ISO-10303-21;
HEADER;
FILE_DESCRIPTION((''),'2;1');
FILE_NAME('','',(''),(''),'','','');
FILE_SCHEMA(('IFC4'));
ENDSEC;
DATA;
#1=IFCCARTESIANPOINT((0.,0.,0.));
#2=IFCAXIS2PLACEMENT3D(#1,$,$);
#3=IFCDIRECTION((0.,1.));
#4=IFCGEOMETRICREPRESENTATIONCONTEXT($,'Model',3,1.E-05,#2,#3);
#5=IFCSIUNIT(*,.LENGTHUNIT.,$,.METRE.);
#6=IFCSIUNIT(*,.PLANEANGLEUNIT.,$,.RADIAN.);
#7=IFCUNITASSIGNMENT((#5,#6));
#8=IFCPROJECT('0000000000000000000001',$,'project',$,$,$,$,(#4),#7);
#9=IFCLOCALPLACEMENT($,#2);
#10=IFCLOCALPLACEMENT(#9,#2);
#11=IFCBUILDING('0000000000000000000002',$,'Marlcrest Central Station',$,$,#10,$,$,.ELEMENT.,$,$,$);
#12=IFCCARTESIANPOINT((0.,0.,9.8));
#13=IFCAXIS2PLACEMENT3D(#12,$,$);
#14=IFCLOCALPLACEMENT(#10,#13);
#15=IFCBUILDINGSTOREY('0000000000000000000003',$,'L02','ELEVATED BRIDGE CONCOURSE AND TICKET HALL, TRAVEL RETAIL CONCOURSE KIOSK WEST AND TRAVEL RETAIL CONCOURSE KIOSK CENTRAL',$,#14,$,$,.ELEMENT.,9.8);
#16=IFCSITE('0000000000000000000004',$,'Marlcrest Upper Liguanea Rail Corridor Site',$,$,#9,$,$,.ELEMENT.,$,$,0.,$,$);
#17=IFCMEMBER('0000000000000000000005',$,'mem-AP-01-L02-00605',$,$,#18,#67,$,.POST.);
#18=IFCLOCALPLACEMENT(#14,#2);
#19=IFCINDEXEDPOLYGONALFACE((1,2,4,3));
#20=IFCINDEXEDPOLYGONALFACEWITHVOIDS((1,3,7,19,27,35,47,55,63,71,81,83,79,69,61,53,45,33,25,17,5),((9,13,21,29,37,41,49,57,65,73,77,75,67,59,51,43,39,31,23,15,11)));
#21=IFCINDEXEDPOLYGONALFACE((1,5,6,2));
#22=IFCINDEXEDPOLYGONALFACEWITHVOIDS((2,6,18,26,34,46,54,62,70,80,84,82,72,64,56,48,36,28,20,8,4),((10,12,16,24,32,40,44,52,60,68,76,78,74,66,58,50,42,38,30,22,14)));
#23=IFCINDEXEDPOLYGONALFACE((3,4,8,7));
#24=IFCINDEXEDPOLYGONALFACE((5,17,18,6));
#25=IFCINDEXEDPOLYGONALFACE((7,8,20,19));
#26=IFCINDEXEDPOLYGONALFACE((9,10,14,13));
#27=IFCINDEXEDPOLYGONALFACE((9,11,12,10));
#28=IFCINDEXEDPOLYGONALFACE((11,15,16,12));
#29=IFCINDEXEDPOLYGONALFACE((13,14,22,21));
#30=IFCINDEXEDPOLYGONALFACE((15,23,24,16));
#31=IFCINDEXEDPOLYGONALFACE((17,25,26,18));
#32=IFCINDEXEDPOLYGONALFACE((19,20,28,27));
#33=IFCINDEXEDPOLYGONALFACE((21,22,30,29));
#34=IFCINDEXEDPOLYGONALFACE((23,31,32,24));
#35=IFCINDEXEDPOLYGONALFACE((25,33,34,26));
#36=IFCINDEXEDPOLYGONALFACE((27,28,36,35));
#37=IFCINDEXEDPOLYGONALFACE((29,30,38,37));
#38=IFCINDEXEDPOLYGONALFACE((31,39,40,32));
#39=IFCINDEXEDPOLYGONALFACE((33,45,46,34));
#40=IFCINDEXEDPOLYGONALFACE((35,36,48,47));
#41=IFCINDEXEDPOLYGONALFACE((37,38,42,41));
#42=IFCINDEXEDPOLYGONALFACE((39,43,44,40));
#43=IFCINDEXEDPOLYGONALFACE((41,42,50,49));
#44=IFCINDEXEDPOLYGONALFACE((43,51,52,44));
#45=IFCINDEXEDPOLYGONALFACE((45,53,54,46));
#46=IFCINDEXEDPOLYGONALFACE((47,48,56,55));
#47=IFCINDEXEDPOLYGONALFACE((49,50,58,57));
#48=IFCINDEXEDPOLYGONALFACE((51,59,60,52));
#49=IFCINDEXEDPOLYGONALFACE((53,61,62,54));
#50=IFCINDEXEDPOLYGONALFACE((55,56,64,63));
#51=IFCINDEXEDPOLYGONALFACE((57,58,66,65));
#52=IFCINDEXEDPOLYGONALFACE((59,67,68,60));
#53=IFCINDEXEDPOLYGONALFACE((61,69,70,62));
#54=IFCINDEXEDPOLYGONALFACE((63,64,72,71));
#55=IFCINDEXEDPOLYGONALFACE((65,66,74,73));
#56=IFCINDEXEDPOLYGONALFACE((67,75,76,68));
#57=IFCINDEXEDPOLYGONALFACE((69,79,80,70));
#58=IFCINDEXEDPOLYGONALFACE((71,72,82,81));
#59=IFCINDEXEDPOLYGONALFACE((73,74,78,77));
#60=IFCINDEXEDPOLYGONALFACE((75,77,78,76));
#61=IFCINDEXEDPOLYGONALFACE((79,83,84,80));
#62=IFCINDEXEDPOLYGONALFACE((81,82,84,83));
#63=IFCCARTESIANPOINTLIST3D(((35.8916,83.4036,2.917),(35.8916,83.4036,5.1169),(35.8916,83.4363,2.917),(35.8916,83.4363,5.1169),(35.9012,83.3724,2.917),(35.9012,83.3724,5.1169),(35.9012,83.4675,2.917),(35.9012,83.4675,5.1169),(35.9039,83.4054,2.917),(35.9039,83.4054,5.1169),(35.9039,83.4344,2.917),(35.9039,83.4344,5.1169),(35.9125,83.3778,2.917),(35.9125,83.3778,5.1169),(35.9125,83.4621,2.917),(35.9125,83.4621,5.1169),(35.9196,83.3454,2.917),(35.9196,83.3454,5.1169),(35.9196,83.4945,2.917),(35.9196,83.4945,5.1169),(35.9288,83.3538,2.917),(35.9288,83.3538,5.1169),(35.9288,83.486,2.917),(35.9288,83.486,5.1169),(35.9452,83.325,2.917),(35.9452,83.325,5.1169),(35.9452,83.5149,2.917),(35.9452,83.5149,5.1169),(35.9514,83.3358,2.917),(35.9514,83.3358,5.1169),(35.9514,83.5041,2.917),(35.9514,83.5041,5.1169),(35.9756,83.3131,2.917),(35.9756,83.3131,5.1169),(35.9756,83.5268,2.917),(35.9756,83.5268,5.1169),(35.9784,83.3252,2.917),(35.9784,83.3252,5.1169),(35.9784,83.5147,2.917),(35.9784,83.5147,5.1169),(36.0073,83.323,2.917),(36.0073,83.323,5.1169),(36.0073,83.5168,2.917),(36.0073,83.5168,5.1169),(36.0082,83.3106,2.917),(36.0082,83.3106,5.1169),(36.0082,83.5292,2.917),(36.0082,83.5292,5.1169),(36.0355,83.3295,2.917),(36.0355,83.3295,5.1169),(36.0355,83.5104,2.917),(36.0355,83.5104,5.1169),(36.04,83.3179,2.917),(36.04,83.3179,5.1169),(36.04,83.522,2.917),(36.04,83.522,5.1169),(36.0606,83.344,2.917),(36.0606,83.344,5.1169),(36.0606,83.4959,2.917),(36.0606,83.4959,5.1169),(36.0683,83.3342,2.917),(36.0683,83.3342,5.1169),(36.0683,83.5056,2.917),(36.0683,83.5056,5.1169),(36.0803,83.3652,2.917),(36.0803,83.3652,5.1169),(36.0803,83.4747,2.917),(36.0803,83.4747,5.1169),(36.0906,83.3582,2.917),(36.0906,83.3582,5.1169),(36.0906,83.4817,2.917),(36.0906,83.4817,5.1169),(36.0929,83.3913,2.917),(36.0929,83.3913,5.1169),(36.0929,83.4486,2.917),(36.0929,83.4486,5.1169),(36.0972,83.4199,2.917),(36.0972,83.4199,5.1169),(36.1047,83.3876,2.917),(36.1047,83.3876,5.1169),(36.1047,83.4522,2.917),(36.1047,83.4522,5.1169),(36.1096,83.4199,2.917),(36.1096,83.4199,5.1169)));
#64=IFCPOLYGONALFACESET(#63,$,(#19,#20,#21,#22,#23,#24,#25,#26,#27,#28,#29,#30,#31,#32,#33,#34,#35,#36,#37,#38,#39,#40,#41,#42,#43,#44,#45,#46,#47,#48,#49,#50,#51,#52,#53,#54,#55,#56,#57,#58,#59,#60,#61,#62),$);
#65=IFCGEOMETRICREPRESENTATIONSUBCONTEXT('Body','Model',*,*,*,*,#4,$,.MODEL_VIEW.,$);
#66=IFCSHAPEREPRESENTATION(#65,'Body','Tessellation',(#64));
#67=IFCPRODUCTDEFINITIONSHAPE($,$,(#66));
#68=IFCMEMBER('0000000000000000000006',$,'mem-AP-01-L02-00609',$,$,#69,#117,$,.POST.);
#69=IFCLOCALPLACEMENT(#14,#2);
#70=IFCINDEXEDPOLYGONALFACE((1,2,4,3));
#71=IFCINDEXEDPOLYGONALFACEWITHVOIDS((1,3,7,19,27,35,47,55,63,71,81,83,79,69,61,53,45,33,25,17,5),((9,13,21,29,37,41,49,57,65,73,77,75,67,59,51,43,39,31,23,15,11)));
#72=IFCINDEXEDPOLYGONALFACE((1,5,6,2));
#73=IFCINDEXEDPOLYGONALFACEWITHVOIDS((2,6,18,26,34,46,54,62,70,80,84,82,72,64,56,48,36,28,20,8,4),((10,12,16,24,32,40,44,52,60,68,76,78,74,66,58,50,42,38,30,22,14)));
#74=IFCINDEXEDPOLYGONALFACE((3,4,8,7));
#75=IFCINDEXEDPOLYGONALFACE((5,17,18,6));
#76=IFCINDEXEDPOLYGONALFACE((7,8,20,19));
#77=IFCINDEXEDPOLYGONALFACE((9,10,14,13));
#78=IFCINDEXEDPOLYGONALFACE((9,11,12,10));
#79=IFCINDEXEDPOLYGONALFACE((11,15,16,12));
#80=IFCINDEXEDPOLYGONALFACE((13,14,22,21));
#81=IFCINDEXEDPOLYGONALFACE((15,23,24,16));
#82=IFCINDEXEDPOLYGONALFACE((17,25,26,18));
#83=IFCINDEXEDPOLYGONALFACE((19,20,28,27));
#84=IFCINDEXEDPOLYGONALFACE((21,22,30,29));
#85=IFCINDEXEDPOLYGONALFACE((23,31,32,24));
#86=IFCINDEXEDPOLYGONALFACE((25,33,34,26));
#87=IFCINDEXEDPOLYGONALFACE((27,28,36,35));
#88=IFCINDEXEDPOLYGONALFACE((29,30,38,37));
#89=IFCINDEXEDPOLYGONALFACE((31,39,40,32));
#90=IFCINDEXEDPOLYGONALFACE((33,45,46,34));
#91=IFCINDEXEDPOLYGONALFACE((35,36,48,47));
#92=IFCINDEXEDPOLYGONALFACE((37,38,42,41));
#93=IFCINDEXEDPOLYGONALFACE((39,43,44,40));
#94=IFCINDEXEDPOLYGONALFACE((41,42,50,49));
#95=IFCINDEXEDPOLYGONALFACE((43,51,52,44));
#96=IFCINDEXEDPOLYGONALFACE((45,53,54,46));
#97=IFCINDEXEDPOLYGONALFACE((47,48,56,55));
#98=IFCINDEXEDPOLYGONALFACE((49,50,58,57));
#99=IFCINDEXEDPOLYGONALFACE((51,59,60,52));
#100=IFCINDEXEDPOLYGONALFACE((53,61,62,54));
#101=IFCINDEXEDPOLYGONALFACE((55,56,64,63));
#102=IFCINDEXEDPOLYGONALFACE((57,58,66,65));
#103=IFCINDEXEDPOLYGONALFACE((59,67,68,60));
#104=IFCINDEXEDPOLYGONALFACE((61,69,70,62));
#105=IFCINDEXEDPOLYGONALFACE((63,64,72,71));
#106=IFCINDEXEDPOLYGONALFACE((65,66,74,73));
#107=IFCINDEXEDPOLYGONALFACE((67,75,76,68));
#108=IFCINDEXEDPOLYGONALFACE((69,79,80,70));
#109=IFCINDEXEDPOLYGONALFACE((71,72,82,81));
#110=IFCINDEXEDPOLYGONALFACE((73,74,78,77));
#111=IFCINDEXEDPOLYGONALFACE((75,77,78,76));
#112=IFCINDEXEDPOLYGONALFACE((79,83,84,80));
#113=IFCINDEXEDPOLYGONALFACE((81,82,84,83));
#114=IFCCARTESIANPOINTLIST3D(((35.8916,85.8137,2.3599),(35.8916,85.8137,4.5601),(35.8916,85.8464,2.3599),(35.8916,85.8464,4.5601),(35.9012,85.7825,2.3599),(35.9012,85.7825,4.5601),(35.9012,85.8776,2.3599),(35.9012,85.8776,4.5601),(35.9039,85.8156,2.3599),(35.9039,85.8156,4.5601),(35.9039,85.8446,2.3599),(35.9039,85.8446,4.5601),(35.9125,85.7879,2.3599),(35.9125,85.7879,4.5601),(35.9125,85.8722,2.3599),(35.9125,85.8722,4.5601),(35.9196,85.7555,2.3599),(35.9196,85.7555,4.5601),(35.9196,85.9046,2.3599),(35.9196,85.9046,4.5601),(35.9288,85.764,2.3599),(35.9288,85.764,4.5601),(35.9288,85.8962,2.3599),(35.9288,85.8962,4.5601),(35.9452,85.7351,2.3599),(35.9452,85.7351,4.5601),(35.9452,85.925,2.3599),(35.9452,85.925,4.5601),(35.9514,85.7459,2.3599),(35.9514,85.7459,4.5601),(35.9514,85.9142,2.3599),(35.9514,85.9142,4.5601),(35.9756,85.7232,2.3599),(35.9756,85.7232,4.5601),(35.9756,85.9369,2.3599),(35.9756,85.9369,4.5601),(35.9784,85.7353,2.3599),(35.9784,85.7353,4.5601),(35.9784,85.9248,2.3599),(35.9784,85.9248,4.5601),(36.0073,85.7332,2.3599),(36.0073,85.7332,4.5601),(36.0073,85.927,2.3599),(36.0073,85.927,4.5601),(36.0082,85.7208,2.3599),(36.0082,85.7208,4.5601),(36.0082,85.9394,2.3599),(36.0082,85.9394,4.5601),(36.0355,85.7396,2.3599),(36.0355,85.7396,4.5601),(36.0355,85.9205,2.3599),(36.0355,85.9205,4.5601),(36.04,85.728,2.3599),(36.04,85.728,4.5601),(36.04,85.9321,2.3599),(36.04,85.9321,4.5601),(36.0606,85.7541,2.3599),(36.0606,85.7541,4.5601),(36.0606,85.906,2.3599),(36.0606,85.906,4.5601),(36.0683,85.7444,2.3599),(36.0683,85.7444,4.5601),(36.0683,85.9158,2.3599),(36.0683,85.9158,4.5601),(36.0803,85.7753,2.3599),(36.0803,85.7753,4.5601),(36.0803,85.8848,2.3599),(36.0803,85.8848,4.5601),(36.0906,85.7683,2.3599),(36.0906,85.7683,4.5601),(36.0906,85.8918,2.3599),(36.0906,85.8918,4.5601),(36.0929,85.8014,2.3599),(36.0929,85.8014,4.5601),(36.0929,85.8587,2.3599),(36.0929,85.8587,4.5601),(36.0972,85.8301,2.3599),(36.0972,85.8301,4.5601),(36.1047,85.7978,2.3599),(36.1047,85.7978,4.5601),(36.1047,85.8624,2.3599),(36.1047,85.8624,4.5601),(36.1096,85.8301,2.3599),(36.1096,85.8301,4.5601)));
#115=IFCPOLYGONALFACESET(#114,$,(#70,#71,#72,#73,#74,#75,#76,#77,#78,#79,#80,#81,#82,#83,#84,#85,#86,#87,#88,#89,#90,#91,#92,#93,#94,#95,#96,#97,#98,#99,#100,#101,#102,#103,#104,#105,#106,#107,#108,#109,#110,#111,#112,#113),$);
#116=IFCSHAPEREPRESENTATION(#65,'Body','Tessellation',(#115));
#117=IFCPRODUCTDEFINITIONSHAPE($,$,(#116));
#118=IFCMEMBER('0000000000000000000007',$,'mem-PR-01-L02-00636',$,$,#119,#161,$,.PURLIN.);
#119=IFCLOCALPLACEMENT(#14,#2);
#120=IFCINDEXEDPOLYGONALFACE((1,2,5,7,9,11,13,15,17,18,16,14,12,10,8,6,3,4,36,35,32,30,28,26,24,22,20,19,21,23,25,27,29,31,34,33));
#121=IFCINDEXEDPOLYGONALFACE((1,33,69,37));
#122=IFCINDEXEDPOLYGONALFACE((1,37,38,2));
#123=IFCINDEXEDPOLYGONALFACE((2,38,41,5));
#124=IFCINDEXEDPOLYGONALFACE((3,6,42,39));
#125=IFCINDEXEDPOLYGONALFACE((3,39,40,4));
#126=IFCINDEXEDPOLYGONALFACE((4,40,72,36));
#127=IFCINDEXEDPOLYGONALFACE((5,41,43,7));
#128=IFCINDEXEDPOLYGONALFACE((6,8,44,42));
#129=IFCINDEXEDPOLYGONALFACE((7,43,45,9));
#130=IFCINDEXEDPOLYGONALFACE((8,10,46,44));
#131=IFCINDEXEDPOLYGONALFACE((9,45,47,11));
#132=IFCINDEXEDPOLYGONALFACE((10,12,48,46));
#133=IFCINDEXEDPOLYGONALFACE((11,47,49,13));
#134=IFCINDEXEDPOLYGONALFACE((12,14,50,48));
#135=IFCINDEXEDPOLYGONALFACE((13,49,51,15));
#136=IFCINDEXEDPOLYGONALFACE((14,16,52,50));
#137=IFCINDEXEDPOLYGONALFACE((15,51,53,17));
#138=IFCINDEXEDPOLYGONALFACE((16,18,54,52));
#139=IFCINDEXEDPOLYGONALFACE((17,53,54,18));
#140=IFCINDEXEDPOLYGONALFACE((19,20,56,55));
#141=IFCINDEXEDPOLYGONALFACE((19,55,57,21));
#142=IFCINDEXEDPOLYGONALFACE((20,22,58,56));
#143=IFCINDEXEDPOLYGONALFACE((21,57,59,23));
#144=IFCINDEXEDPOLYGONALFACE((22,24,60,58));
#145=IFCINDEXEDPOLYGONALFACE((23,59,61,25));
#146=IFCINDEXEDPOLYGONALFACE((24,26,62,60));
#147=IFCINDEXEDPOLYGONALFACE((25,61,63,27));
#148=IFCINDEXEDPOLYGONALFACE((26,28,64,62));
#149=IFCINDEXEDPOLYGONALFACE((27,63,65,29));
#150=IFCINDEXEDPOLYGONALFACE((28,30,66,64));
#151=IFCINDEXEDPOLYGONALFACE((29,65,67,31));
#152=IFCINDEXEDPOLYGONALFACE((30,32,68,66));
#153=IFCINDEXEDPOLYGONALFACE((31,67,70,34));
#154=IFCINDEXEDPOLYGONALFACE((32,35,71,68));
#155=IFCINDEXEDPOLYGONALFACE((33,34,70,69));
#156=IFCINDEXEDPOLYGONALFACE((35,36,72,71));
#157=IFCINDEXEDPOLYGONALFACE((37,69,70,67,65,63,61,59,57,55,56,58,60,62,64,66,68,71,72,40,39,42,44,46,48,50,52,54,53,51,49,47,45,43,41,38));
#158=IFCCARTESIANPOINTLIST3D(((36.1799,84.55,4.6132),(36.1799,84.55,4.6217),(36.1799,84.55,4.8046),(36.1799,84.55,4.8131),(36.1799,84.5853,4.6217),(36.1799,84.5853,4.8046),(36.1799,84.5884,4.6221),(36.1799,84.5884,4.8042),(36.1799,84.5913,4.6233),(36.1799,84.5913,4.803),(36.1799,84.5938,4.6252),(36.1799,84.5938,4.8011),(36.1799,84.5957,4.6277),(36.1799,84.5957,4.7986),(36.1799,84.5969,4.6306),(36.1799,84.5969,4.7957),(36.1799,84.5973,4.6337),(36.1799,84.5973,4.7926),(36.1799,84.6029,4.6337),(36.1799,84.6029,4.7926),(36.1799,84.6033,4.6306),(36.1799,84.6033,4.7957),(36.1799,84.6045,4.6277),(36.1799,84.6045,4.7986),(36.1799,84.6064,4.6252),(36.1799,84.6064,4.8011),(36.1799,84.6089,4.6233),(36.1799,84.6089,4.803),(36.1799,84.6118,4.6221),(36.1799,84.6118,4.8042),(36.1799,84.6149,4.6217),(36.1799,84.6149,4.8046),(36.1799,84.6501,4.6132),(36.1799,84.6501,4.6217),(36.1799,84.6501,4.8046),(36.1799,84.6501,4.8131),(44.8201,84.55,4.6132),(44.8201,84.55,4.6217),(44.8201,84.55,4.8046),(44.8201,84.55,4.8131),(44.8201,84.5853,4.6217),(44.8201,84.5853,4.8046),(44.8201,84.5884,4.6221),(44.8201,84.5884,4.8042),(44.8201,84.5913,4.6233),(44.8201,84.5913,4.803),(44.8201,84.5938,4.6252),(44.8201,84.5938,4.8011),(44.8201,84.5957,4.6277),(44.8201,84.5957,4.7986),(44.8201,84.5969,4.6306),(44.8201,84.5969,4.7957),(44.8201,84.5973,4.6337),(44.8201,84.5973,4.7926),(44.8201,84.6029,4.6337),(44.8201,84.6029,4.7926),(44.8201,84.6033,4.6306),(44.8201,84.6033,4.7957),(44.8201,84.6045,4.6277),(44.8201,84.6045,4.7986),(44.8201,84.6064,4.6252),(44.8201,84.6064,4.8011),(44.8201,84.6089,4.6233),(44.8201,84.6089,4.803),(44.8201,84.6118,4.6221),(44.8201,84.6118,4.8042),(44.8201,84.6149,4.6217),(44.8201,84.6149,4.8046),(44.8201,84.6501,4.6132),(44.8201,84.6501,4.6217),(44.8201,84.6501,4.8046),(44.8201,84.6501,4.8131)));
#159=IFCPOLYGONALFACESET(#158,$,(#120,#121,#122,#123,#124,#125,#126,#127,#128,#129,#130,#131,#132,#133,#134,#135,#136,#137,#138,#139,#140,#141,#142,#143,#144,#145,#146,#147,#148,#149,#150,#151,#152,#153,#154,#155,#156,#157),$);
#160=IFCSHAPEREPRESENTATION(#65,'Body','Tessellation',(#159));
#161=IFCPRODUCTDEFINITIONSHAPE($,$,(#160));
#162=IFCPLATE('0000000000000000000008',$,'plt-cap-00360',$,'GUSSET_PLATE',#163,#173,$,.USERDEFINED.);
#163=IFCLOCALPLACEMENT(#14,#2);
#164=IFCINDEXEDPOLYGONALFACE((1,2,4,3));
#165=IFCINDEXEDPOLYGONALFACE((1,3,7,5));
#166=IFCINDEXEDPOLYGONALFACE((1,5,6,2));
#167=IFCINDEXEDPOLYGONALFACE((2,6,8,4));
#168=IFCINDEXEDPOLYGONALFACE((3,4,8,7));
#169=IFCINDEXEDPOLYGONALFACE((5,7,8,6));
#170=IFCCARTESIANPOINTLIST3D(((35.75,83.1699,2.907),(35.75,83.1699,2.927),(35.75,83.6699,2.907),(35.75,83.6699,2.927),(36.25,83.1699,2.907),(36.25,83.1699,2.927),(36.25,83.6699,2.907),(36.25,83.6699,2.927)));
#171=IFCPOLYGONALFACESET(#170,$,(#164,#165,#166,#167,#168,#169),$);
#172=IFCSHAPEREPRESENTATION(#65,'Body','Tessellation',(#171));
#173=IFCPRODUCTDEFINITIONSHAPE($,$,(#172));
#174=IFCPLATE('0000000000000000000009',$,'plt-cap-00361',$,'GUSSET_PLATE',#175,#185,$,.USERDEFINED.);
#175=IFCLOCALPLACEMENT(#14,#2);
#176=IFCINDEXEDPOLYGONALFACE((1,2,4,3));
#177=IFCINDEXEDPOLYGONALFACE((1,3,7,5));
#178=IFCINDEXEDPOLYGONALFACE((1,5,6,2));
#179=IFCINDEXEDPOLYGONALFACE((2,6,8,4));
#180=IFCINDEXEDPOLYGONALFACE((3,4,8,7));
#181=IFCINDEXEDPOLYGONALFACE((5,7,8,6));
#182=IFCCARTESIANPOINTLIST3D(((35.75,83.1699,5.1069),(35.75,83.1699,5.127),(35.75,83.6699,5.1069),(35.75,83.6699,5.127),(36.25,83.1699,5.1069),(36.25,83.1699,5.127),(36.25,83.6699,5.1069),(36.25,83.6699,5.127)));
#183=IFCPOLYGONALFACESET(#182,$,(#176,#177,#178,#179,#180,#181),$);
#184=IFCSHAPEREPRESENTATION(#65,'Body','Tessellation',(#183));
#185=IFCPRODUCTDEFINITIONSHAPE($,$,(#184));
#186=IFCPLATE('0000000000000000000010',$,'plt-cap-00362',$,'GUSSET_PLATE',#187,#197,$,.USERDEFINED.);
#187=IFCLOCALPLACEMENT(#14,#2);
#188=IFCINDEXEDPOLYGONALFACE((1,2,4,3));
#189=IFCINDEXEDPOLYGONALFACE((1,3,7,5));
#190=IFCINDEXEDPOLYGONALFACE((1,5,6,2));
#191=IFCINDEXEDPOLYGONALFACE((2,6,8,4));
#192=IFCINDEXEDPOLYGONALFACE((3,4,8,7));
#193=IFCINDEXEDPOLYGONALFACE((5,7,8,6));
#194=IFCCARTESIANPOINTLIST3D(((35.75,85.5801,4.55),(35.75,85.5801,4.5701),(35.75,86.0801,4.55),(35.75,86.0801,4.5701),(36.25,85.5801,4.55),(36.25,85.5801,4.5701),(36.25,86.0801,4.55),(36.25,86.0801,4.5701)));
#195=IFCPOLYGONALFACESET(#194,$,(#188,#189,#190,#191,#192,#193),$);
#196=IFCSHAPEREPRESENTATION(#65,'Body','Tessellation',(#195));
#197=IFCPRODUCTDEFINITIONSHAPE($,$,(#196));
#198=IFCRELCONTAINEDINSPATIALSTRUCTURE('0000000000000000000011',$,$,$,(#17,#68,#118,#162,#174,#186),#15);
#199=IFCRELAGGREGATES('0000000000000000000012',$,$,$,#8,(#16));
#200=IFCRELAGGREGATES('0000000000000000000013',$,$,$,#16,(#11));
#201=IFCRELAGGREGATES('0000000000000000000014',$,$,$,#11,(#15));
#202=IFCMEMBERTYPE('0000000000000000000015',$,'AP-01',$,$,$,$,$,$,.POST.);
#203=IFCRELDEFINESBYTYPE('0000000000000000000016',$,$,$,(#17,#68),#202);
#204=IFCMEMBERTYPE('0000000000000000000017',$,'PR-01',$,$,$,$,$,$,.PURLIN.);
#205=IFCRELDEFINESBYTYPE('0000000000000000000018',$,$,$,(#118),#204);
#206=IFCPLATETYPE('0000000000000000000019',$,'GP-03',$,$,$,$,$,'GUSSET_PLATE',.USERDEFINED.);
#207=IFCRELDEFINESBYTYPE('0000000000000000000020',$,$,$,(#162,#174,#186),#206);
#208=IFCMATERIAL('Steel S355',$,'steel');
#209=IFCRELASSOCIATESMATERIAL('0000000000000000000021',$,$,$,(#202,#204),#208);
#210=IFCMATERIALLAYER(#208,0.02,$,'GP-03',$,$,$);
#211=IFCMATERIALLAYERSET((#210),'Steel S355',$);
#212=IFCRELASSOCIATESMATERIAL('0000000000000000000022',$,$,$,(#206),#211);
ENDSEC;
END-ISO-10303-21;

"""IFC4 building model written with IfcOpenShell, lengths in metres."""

from ifc_helpers import new_model, si_unit, direction, frame, origin, origin_2d, place, context, subcontext, project, spatial, rectangle, hollow_circle, i_section, extrude, material, layer, layer_set, material_profile, profile_set, type_object, element, save


model = new_model("IFC4")

# Units and contexts
model_context = context("Model", 3, precision=1e-05, world=origin(), true_north=direction((0.0, 1.0)))
body_context = subcontext(model_context, "Body", "Model", "MODEL_VIEW")
ifc_project = project(units=[si_unit("LENGTHUNIT", "METRE"), si_unit("PLANEANGLEUNIT", "RADIAN")], contexts=[model_context])

# Site, building, storey
site_placement = place(None, origin())
site = spatial("IfcSite", under=ifc_project, at=site_placement, Name="Marlcrest Upper Liguanea Rail Corridor Site", CompositionType="ELEMENT", RefElevation=0.0)
building_placement = place(site_placement, origin())
building = spatial("IfcBuilding", under=site, at=building_placement, Name="Marlcrest Central Station", CompositionType="ELEMENT")
storey_placement = place(building_placement, frame((0.0, 0.0, 9.8)))
storey = spatial("IfcBuildingStorey", under=building, at=storey_placement, Name="L02", Description="ELEVATED BRIDGE CONCOURSE AND TICKET HALL, TRAVEL RETAIL CONCOURSE KIOSK WEST AND TRAVEL RETAIL CONCOURSE KIOSK CENTRAL", CompositionType="ELEMENT", Elevation=9.8)

# Members
ifc_material_1 = material(Name="Steel S355", Category="steel")
ifc_material_profile_1 = material_profile(ifc_material_1, hollow_circle(Radius=0.1096, WallThickness=0.0125, at=origin_2d()), Name="CHS 219.1x12.5")
ifc_profile_set_1 = profile_set([ifc_material_profile_1], Name="Steel S355")
member_type_1 = type_object("IfcMemberType", Name="AP-01", PredefinedType="POST", material=ifc_profile_set_1)
member_1_placement = place(storey_placement, frame((36.0, 83.4199, 2.917), z_axis=(0.0, 0.0, 1.0), x_axis=(1.0, 0.0, 0.0)))
element("IfcMember", 1, at=member_1_placement, inside=storey, type_object=member_type_1, Name="mem-AP-01-L02-00605", PredefinedType="POST", context=body_context, shape_type="SweptSolid", body=[
    extrude(hollow_circle(Radius=0.1096, WallThickness=0.0125, at=origin_2d()), origin(), (0.0, 0.0, 1.0), 2.2),
])
member_2_placement = place(storey_placement, frame((36.0, 85.8301, 2.3599), z_axis=(0.0, 0.0, 1.0), x_axis=(1.0, 0.0, 0.0)))
element("IfcMember", 2, at=member_2_placement, inside=storey, type_object=member_type_1, Name="mem-AP-01-L02-00609", PredefinedType="POST", context=body_context, shape_type="SweptSolid", body=[
    extrude(hollow_circle(Radius=0.1096, WallThickness=0.0125, at=origin_2d()), origin(), (0.0, 0.0, 1.0), 2.2002),
])
ifc_material_profile_2 = material_profile(ifc_material_1, i_section(OverallWidth=0.1001, OverallDepth=0.2, WebThickness=0.0056, FlangeThickness=0.0085, FilletRadius=0.012, at=origin_2d()), Name="IPE 200")
ifc_profile_set_2 = profile_set([ifc_material_profile_2], Name="Steel S355")
member_type_2 = type_object("IfcMemberType", Name="PR-01", PredefinedType="PURLIN", material=ifc_profile_set_2)
member_3_placement = place(storey_placement, frame((36.1799, 84.6001, 4.7131), z_axis=(1.0, 0.0, 0.0), x_axis=(0.0, 1.0, 0.0)))
element("IfcMember", 3, at=member_3_placement, inside=storey, type_object=member_type_2, Name="mem-PR-01-L02-00636", PredefinedType="PURLIN", context=body_context, shape_type="SweptSolid", body=[
    extrude(i_section(OverallWidth=0.1001, OverallDepth=0.2, WebThickness=0.0056, FlangeThickness=0.0085, FilletRadius=0.012, at=origin_2d()), origin(), (0.0, 0.0, 1.0), 8.6401),
])

# Plates
ifc_layer_1 = layer(ifc_material_1, 0.02, Name="GP-03")
ifc_layer_set_1 = layer_set([ifc_layer_1], Name="Steel S355")
plate_type = type_object("IfcPlateType", Name="GP-03", ElementType="GUSSET_PLATE", PredefinedType="USERDEFINED", material=ifc_layer_set_1)
for number, where, z_axis, x_axis, name in (
    (4, (36.0, 83.4199, 2.907), (0.0, 0.0, 1.0), (1.0, 0.0, 0.0), "plt-cap-00360"),
    (5, (36.0, 83.4199, 5.1069), (0.0, 0.0, 1.0), (1.0, 0.0, 0.0), "plt-cap-00361"),
    (6, (36.0, 85.8301, 4.55), (0.0, 0.0, 1.0), (1.0, 0.0, 0.0), "plt-cap-00362"),
):
    element("IfcPlate", number, at=place(storey_placement, frame(where, z_axis=z_axis, x_axis=x_axis)), inside=storey, type_object=plate_type, Name=name, ObjectType="GUSSET_PLATE", PredefinedType="USERDEFINED", context=body_context, shape_type="SweptSolid", body=[
        extrude(rectangle(XDim=0.5, YDim=0.5, at=origin_2d()), origin(), (0.0, 0.0, 1.0), 0.02),
    ])

save(model, "model.ifc")
